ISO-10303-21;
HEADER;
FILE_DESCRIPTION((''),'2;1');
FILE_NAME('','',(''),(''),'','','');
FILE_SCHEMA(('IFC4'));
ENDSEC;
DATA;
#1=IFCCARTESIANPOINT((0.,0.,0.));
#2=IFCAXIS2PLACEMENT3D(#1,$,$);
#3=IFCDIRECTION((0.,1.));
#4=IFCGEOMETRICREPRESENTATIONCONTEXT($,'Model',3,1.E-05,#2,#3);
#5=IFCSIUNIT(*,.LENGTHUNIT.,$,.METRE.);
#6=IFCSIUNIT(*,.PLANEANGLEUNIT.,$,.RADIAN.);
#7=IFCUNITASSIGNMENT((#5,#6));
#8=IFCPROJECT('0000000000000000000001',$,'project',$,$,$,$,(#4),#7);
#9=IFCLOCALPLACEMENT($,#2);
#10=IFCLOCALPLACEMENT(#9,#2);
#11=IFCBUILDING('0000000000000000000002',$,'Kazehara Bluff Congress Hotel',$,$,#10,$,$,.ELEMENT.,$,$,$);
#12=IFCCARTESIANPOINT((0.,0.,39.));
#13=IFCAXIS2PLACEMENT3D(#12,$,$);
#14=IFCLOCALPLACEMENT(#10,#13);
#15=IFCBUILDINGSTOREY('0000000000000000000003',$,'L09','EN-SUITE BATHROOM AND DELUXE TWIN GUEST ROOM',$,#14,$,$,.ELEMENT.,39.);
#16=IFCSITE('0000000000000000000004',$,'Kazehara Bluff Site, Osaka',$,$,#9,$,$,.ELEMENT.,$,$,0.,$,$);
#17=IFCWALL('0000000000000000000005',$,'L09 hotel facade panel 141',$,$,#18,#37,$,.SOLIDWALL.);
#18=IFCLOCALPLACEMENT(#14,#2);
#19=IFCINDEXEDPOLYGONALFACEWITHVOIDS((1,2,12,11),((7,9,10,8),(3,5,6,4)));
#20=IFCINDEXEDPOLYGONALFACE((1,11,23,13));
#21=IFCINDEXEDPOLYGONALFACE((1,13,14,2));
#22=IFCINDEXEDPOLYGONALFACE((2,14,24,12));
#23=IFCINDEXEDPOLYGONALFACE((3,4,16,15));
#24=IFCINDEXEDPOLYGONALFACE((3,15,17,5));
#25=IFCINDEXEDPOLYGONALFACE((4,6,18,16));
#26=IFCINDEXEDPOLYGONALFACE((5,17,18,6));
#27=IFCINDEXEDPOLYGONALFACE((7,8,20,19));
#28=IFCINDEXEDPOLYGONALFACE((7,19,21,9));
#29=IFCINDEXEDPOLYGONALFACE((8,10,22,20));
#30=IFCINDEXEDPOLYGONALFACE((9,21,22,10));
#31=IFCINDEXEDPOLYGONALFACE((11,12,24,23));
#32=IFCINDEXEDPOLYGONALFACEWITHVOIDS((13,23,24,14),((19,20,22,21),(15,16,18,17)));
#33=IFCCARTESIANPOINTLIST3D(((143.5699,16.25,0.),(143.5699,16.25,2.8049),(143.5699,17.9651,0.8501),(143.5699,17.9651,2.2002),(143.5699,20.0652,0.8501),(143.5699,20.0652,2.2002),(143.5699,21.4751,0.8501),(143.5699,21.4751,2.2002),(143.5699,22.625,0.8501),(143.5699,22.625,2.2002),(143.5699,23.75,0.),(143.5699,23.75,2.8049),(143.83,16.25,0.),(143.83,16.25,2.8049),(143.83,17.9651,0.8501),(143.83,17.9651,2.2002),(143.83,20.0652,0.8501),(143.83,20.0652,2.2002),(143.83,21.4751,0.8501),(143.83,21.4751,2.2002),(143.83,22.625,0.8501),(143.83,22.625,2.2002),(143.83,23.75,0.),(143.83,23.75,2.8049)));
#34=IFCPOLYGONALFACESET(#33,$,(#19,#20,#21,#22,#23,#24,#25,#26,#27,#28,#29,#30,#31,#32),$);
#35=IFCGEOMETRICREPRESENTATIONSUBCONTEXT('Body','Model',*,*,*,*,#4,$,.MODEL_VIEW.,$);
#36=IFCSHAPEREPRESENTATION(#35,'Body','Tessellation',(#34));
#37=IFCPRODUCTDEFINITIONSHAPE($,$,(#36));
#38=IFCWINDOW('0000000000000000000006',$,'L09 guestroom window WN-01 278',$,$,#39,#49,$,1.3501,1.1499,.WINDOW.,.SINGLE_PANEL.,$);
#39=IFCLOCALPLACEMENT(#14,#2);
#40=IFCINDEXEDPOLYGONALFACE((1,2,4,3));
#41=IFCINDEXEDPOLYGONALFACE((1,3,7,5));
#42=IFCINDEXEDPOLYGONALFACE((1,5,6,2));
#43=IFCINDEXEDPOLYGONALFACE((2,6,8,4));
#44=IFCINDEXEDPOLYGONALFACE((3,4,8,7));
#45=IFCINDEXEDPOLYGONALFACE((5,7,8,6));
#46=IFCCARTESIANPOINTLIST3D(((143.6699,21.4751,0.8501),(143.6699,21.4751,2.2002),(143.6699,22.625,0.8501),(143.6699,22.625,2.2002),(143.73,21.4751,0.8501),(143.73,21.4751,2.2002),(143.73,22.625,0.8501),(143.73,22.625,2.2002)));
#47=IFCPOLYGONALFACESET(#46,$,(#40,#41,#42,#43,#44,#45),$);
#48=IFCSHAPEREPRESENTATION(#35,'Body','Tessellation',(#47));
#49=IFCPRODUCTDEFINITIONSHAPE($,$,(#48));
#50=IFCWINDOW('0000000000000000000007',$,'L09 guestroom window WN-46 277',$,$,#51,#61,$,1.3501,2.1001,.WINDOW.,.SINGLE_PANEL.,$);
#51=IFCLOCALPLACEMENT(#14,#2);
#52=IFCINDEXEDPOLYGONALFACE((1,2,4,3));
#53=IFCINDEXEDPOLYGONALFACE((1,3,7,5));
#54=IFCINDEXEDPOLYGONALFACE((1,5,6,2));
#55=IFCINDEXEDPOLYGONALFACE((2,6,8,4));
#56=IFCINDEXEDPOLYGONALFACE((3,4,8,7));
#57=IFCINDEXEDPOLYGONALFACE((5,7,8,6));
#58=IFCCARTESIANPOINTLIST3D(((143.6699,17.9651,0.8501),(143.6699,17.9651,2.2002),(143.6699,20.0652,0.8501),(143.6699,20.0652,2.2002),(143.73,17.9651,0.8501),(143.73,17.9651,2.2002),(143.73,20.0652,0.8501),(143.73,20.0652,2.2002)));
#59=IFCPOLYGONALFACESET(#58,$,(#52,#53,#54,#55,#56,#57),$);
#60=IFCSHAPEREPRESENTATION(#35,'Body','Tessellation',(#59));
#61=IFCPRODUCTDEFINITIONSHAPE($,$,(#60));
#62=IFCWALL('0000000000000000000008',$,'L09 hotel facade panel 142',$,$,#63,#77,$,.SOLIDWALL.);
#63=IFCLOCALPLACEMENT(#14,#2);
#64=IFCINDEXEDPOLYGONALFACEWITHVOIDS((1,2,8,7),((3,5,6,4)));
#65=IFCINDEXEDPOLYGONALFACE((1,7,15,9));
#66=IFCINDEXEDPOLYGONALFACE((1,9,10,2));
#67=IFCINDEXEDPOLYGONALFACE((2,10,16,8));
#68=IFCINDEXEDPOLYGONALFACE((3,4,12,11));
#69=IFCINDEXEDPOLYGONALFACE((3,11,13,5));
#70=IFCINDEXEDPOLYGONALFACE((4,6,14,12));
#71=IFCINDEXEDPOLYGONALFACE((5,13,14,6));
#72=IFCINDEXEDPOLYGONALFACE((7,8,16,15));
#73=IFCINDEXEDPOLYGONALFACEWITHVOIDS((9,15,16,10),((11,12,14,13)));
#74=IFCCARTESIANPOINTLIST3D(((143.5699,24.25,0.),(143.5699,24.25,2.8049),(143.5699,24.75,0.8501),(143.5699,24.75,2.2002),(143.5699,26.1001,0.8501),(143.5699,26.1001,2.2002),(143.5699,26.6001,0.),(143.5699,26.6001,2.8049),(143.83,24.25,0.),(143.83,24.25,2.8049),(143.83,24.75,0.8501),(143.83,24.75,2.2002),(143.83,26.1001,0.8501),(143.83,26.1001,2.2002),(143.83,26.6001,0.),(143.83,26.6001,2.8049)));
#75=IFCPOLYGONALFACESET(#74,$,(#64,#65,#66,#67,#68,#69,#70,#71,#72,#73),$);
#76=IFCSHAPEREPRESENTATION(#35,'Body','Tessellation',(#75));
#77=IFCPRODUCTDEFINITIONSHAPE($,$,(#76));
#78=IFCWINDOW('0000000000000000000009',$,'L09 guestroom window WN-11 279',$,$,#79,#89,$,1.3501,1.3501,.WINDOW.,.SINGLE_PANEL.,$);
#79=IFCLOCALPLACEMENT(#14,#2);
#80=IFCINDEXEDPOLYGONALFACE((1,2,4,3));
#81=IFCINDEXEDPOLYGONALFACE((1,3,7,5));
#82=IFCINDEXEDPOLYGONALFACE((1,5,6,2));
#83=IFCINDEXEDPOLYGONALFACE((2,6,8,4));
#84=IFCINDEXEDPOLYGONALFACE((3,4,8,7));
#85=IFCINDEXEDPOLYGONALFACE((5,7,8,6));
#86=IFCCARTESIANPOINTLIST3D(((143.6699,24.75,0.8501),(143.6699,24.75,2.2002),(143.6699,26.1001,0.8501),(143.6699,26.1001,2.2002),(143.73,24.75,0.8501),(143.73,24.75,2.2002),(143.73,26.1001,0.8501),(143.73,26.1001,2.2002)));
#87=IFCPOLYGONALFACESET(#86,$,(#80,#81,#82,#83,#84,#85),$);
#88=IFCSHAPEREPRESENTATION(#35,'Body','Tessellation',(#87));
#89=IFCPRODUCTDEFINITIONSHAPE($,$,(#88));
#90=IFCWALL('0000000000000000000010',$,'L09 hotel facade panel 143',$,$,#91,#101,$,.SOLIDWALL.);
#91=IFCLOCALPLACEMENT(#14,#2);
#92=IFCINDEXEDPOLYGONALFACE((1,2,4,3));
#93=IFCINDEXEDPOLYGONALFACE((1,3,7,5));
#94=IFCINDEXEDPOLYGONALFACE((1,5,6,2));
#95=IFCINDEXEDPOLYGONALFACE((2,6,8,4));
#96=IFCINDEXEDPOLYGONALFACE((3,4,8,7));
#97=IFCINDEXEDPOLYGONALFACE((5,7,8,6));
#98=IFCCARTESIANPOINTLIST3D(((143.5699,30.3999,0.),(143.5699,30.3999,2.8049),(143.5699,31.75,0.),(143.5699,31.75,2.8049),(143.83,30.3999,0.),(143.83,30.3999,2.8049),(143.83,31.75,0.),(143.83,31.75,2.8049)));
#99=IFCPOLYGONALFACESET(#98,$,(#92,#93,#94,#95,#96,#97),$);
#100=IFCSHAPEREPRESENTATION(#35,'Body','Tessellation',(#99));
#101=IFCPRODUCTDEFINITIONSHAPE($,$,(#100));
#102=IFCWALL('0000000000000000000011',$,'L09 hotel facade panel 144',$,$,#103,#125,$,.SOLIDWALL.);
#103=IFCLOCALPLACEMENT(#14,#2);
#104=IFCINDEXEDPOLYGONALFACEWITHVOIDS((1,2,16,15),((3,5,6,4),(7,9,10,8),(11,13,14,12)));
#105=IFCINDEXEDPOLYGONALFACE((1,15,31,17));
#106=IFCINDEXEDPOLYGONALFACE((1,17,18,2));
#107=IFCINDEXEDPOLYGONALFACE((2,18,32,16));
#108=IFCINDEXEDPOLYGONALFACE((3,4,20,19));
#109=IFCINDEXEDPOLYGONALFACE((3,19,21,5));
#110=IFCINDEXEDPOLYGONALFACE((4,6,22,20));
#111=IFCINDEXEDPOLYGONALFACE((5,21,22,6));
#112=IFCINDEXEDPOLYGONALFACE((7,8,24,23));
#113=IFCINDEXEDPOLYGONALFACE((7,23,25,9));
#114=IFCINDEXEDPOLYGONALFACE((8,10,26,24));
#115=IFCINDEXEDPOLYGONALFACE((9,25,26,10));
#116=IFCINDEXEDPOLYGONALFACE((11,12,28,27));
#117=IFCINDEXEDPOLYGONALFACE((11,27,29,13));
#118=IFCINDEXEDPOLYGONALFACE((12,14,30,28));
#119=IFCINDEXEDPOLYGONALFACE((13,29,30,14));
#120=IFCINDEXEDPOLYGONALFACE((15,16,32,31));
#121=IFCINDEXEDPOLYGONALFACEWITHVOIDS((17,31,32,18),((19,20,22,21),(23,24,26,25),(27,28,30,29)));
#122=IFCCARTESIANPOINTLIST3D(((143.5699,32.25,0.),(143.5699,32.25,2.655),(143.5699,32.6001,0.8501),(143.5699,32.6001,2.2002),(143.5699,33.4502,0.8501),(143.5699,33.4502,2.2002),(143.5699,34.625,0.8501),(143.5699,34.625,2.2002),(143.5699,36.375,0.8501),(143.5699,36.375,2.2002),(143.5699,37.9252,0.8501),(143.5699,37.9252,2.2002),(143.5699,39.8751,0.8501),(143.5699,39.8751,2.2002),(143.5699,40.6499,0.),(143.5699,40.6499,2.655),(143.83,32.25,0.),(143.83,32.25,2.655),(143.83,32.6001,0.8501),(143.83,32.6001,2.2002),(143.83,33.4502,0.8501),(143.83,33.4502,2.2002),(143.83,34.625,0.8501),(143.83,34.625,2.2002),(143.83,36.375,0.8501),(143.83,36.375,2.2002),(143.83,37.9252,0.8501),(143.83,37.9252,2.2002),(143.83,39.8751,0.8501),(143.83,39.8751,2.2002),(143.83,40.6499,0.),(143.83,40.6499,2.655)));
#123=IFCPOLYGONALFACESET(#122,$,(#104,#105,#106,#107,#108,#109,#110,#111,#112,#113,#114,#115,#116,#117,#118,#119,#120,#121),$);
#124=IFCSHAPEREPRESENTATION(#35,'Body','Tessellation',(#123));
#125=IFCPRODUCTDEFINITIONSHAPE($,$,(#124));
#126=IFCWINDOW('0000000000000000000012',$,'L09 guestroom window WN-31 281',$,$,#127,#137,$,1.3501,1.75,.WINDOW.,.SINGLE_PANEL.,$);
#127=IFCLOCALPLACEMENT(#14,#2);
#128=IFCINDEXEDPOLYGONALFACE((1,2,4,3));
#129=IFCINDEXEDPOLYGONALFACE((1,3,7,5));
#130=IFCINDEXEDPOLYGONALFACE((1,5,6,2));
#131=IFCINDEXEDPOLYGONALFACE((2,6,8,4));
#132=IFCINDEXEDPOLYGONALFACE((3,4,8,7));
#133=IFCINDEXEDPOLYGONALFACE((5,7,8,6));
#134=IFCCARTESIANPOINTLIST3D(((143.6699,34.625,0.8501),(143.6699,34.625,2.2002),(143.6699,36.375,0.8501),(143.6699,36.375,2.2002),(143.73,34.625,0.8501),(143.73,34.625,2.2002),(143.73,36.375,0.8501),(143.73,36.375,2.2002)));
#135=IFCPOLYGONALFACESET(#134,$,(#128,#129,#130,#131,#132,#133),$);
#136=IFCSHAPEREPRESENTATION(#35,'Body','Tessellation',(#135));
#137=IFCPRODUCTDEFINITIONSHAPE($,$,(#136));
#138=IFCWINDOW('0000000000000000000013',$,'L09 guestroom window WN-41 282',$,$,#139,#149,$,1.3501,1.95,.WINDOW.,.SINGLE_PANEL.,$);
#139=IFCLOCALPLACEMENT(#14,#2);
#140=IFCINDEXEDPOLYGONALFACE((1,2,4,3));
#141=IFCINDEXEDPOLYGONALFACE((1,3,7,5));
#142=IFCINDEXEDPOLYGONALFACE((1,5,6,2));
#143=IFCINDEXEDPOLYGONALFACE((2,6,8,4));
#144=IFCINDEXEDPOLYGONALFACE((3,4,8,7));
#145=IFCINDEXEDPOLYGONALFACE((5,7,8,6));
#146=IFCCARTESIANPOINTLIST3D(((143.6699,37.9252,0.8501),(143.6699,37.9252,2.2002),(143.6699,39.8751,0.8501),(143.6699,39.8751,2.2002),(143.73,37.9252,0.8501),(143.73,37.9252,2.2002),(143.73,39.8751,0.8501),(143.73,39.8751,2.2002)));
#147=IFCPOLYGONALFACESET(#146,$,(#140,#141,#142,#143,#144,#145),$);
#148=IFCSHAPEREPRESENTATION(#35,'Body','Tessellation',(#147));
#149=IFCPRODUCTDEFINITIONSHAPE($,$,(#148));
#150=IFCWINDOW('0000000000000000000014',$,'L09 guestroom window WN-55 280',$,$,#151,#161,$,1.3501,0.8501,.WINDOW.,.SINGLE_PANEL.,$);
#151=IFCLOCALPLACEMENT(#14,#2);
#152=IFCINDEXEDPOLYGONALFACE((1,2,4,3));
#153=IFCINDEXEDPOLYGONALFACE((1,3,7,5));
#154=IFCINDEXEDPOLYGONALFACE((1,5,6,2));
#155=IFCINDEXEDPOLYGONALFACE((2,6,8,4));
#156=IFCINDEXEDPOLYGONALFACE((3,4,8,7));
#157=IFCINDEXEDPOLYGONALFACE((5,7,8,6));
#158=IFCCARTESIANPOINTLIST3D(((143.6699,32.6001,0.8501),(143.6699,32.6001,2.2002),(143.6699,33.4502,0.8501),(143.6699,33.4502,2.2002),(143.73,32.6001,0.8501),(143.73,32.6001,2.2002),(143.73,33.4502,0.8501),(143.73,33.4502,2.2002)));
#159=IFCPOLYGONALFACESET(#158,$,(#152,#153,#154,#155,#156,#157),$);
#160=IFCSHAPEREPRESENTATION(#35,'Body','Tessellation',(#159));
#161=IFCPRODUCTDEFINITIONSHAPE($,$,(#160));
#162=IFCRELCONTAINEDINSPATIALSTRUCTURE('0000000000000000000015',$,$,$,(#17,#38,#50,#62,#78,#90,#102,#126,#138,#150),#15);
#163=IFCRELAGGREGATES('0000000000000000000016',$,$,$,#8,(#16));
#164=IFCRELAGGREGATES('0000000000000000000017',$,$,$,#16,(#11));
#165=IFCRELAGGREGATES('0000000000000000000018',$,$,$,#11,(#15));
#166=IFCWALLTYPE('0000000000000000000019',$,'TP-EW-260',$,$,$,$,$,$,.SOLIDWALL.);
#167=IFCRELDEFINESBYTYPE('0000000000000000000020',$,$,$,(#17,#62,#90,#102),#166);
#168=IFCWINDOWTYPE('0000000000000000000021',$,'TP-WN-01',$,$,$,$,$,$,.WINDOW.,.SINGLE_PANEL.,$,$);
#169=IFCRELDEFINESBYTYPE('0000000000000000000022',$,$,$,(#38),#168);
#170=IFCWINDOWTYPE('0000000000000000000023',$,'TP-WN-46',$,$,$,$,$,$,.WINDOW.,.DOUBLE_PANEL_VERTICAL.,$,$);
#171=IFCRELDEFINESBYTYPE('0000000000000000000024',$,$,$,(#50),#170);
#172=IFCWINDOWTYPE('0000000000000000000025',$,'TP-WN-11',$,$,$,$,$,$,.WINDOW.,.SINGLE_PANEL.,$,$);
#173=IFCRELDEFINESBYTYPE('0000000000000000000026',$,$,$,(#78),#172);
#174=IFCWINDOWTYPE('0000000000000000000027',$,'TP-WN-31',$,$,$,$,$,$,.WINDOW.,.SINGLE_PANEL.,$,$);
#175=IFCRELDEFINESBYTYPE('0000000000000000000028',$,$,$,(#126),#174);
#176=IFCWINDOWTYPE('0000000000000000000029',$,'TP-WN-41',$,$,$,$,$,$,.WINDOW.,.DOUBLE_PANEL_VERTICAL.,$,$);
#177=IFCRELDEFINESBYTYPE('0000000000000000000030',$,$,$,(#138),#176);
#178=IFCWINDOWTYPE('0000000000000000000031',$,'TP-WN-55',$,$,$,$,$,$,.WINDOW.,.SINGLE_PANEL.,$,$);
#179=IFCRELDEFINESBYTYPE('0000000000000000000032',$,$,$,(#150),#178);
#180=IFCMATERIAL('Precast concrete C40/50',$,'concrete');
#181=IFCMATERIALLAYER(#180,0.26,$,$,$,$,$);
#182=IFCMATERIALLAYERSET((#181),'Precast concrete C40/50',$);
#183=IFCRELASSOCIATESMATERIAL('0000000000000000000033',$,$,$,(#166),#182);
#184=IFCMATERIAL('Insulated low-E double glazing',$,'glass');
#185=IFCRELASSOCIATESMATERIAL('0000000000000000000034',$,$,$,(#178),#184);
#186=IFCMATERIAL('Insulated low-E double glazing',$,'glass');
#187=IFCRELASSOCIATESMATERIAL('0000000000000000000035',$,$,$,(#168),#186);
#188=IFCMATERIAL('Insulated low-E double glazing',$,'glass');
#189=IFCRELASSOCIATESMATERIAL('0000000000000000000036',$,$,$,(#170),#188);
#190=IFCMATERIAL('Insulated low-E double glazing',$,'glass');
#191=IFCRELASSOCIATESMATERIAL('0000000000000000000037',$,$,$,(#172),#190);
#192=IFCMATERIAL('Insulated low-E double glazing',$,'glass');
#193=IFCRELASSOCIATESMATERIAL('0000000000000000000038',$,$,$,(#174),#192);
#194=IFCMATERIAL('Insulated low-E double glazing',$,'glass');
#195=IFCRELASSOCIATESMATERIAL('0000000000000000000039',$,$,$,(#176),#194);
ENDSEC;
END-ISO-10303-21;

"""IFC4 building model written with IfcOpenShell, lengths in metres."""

from ifc_helpers import new_model, si_unit, direction, frame, frame_2d, origin, place, context, subcontext, project, spatial, rectangle, extrude, material, layer, layer_set, type_object, element, fill, save


model = new_model("IFC4")

# Units and contexts
model_context = context("Model", 3, precision=1e-05, world=origin(), true_north=direction((0.0, 1.0)))
body_context = subcontext(model_context, "Body", "Model", "MODEL_VIEW")
ifc_project = project(units=[si_unit("LENGTHUNIT", "METRE"), si_unit("PLANEANGLEUNIT", "RADIAN")], contexts=[model_context])

# Site, building, storey
site_placement = place(None, origin())
site = spatial("IfcSite", under=ifc_project, at=site_placement, Name="Kazehara Bluff Site, Osaka", CompositionType="ELEMENT", RefElevation=0.0)
building_placement = place(site_placement, origin())
building = spatial("IfcBuilding", under=site, at=building_placement, Name="Kazehara Bluff Congress Hotel", CompositionType="ELEMENT")
storey_placement = place(building_placement, frame((0.0, 0.0, 39.0)))
storey = spatial("IfcBuildingStorey", under=building, at=storey_placement, Name="L09", Description="EN-SUITE BATHROOM AND DELUXE TWIN GUEST ROOM", CompositionType="ELEMENT", Elevation=39.0)

# Wall, openings, windows
ifc_material_1 = material(Name="Precast concrete C40/50", Category="concrete")
ifc_layer_1 = layer(ifc_material_1, 0.26)
ifc_layer_set_1 = layer_set([ifc_layer_1], Name="Precast concrete C40/50")
wall_type = type_object("IfcWallType", Name="TP-EW-260", PredefinedType="SOLIDWALL", material=ifc_layer_set_1)
ifc_material_2 = material(Name="Insulated low-E double glazing", Category="glass")
window_type_1 = type_object("IfcWindowType", Name="TP-WN-55", PartitioningType="SINGLE_PANEL", PredefinedType="WINDOW", material=ifc_material_2)
wall_1_placement = place(storey_placement, frame((143.7, 16.25, 0.0), z_axis=(0.0, 0.0, 1.0), x_axis=(0.0, 1.0, 0.0)))
wall_1 = element("IfcWall", 1, at=wall_1_placement, inside=storey, type_object=wall_type, Name="L09 hotel facade panel 141", PredefinedType="SOLIDWALL", context=body_context, shape_type="SweptSolid", body=[
    extrude(rectangle(XDim=7.5, YDim=0.26, at=frame_2d((3.75, 0.0))), origin(), (0.0, 0.0, 1.0), 2.8049),
])
opening_1_placement = place(wall_1_placement, frame((1.7151, 0.0, 0.8501)))
opening_1 = element("IfcOpeningElement", 2, at=opening_1_placement, cuts=wall_1, PredefinedType="OPENING", context=body_context, shape_type="SweptSolid", body=[
    extrude(rectangle(XDim=2.1001, YDim=1.3501, at=frame_2d((1.05, 0.675))), frame((0.0, 0.1399, 0.0), z_axis=(0.0, -1.0, 0.0), x_axis=(1.0, 0.0, 0.0)), (0.0, 0.0, 1.0), 0.28),
])
opening_2_placement = place(wall_1_placement, frame((5.2251, 0.0, 0.8501)))
opening_2 = element("IfcOpeningElement", 3, at=opening_2_placement, cuts=wall_1, PredefinedType="OPENING", context=body_context, shape_type="SweptSolid", body=[
    extrude(rectangle(XDim=1.1499, YDim=1.3501, at=frame_2d((0.575, 0.675))), frame((0.0, 0.1399, 0.0), z_axis=(0.0, -1.0, 0.0), x_axis=(1.0, 0.0, 0.0)), (0.0, 0.0, 1.0), 0.28),
])
ifc_material_3 = material(Name="Insulated low-E double glazing", Category="glass")
window_type_2 = type_object("IfcWindowType", Name="TP-WN-01", PartitioningType="SINGLE_PANEL", PredefinedType="WINDOW", material=ifc_material_3)
window_1_placement = place(opening_2_placement, origin())
window_1 = element("IfcWindow", 4, at=window_1_placement, inside=storey, type_object=window_type_2, Name="L09 guestroom window WN-01 278", OverallHeight=1.3501, OverallWidth=1.1499, PartitioningType="SINGLE_PANEL", PredefinedType="WINDOW", context=body_context, shape_type="SweptSolid", body=[
    extrude(rectangle(XDim=1.1499, YDim=1.3501, at=frame_2d((0.575, 0.675))), frame((0.0, 0.03, 0.0), z_axis=(0.0, -1.0, 0.0), x_axis=(1.0, 0.0, 0.0)), (0.0, 0.0, 1.0), 0.0601),
])
fill(opening_2, window_1)
ifc_material_4 = material(Name="Insulated low-E double glazing", Category="glass")
window_type_3 = type_object("IfcWindowType", Name="TP-WN-46", PartitioningType="DOUBLE_PANEL_VERTICAL", PredefinedType="WINDOW", material=ifc_material_4)
window_2_placement = place(opening_1_placement, origin())
window_2 = element("IfcWindow", 5, at=window_2_placement, inside=storey, type_object=window_type_3, Name="L09 guestroom window WN-46 277", OverallHeight=1.3501, OverallWidth=2.1001, PartitioningType="SINGLE_PANEL", PredefinedType="WINDOW", context=body_context, shape_type="SweptSolid", body=[
    extrude(rectangle(XDim=2.1001, YDim=1.3501, at=frame_2d((1.05, 0.675))), frame((0.0, 0.03, 0.0), z_axis=(0.0, -1.0, 0.0), x_axis=(1.0, 0.0, 0.0)), (0.0, 0.0, 1.0), 0.0601),
])
fill(opening_1, window_2)

# Wall, opening, window
wall_2_placement = place(storey_placement, frame((143.7, 24.25, 0.0), z_axis=(0.0, 0.0, 1.0), x_axis=(0.0, 1.0, 0.0)))
wall_2 = element("IfcWall", 6, at=wall_2_placement, inside=storey, type_object=wall_type, Name="L09 hotel facade panel 142", PredefinedType="SOLIDWALL", context=body_context, shape_type="SweptSolid", body=[
    extrude(rectangle(XDim=2.3501, YDim=0.26, at=frame_2d((1.175, 0.0))), origin(), (0.0, 0.0, 1.0), 2.8049),
])
opening_3_placement = place(wall_2_placement, frame((0.5, 0.0, 0.8501)))
opening_3 = element("IfcOpeningElement", 7, at=opening_3_placement, cuts=wall_2, PredefinedType="OPENING", context=body_context, shape_type="SweptSolid", body=[
    extrude(rectangle(XDim=1.3501, YDim=1.3501, at=frame_2d((0.675, 0.675))), frame((0.0, 0.1399, 0.0), z_axis=(0.0, -1.0, 0.0), x_axis=(1.0, 0.0, 0.0)), (0.0, 0.0, 1.0), 0.28),
])
ifc_material_5 = material(Name="Insulated low-E double glazing", Category="glass")
window_type_4 = type_object("IfcWindowType", Name="TP-WN-11", PartitioningType="SINGLE_PANEL", PredefinedType="WINDOW", material=ifc_material_5)
window_3_placement = place(opening_3_placement, origin())
window_3 = element("IfcWindow", 8, at=window_3_placement, inside=storey, type_object=window_type_4, Name="L09 guestroom window WN-11 279", OverallHeight=1.3501, OverallWidth=1.3501, PartitioningType="SINGLE_PANEL", PredefinedType="WINDOW", context=body_context, shape_type="SweptSolid", body=[
    extrude(rectangle(XDim=1.3501, YDim=1.3501, at=frame_2d((0.675, 0.675))), frame((0.0, 0.03, 0.0), z_axis=(0.0, -1.0, 0.0), x_axis=(1.0, 0.0, 0.0)), (0.0, 0.0, 1.0), 0.0601),
])
fill(opening_3, window_3)

# Wall
wall_3_placement = place(storey_placement, frame((143.7, 30.3999, 0.0), z_axis=(0.0, 0.0, 1.0), x_axis=(0.0, 1.0, 0.0)))
element("IfcWall", 9, at=wall_3_placement, inside=storey, type_object=wall_type, Name="L09 hotel facade panel 143", PredefinedType="SOLIDWALL", context=body_context, shape_type="SweptSolid", body=[
    extrude(rectangle(XDim=1.3501, YDim=0.26, at=frame_2d((0.675, 0.0))), origin(), (0.0, 0.0, 1.0), 2.8049),
])

# Wall, openings, windows
wall_4_placement = place(storey_placement, frame((143.7, 32.25, 0.0), z_axis=(0.0, 0.0, 1.0), x_axis=(0.0, 1.0, 0.0)))
wall_4 = element("IfcWall", 10, at=wall_4_placement, inside=storey, type_object=wall_type, Name="L09 hotel facade panel 144", PredefinedType="SOLIDWALL", context=body_context, shape_type="SweptSolid", body=[
    extrude(rectangle(XDim=8.3999, YDim=0.26, at=frame_2d((4.2, 0.0))), origin(), (0.0, 0.0, 1.0), 2.655),
])
opening_4_placement = place(wall_4_placement, frame((0.3501, 0.0, 0.8501)))
opening_4 = element("IfcOpeningElement", 11, at=opening_4_placement, cuts=wall_4, PredefinedType="OPENING", context=body_context, shape_type="SweptSolid", body=[
    extrude(rectangle(XDim=0.8501, YDim=1.3501, at=frame_2d((0.425, 0.675))), frame((0.0, 0.1399, 0.0), z_axis=(0.0, -1.0, 0.0), x_axis=(1.0, 0.0, 0.0)), (0.0, 0.0, 1.0), 0.28),
])
opening_5_placement = place(wall_4_placement, frame((2.375, 0.0, 0.8501)))
opening_5 = element("IfcOpeningElement", 12, at=opening_5_placement, cuts=wall_4, PredefinedType="OPENING", context=body_context, shape_type="SweptSolid", body=[
    extrude(rectangle(XDim=1.75, YDim=1.3501, at=frame_2d((0.875, 0.675))), frame((0.0, 0.1399, 0.0), z_axis=(0.0, -1.0, 0.0), x_axis=(1.0, 0.0, 0.0)), (0.0, 0.0, 1.0), 0.28),
])
opening_6_placement = place(wall_4_placement, frame((5.675, 0.0, 0.8501)))
opening_6 = element("IfcOpeningElement", 13, at=opening_6_placement, cuts=wall_4, PredefinedType="OPENING", context=body_context, shape_type="SweptSolid", body=[
    extrude(rectangle(XDim=1.95, YDim=1.3501, at=frame_2d((0.9751, 0.675))), frame((0.0, 0.1399, 0.0), z_axis=(0.0, -1.0, 0.0), x_axis=(1.0, 0.0, 0.0)), (0.0, 0.0, 1.0), 0.28),
])
ifc_material_6 = material(Name="Insulated low-E double glazing", Category="glass")
window_type_5 = type_object("IfcWindowType", Name="TP-WN-31", PartitioningType="SINGLE_PANEL", PredefinedType="WINDOW", material=ifc_material_6)
window_4_placement = place(opening_5_placement, origin())
window_4 = element("IfcWindow", 14, at=window_4_placement, inside=storey, type_object=window_type_5, Name="L09 guestroom window WN-31 281", OverallHeight=1.3501, OverallWidth=1.75, PartitioningType="SINGLE_PANEL", PredefinedType="WINDOW", context=body_context, shape_type="SweptSolid", body=[
    extrude(rectangle(XDim=1.75, YDim=1.3501, at=frame_2d((0.875, 0.675))), frame((0.0, 0.03, 0.0), z_axis=(0.0, -1.0, 0.0), x_axis=(1.0, 0.0, 0.0)), (0.0, 0.0, 1.0), 0.0601),
])
fill(opening_5, window_4)
ifc_material_7 = material(Name="Insulated low-E double glazing", Category="glass")
window_type_6 = type_object("IfcWindowType", Name="TP-WN-41", PartitioningType="DOUBLE_PANEL_VERTICAL", PredefinedType="WINDOW", material=ifc_material_7)
window_5_placement = place(opening_6_placement, origin())
window_5 = element("IfcWindow", 15, at=window_5_placement, inside=storey, type_object=window_type_6, Name="L09 guestroom window WN-41 282", OverallHeight=1.3501, OverallWidth=1.95, PartitioningType="SINGLE_PANEL", PredefinedType="WINDOW", context=body_context, shape_type="SweptSolid", body=[
    extrude(rectangle(XDim=1.95, YDim=1.3501, at=frame_2d((0.9751, 0.675))), frame((0.0, 0.03, 0.0), z_axis=(0.0, -1.0, 0.0), x_axis=(1.0, 0.0, 0.0)), (0.0, 0.0, 1.0), 0.0601),
])
fill(opening_6, window_5)
window_6_placement = place(opening_4_placement, origin())
window_6 = element("IfcWindow", 16, at=window_6_placement, inside=storey, type_object=window_type_1, Name="L09 guestroom window WN-55 280", OverallHeight=1.3501, OverallWidth=0.8501, PartitioningType="SINGLE_PANEL", PredefinedType="WINDOW", context=body_context, shape_type="SweptSolid", body=[
    extrude(rectangle(XDim=0.8501, YDim=1.3501, at=frame_2d((0.425, 0.675))), frame((0.0, 0.03, 0.0), z_axis=(0.0, -1.0, 0.0), x_axis=(1.0, 0.0, 0.0)), (0.0, 0.0, 1.0), 0.0601),
])
fill(opening_4, window_6)

save(model, "model.ifc")
